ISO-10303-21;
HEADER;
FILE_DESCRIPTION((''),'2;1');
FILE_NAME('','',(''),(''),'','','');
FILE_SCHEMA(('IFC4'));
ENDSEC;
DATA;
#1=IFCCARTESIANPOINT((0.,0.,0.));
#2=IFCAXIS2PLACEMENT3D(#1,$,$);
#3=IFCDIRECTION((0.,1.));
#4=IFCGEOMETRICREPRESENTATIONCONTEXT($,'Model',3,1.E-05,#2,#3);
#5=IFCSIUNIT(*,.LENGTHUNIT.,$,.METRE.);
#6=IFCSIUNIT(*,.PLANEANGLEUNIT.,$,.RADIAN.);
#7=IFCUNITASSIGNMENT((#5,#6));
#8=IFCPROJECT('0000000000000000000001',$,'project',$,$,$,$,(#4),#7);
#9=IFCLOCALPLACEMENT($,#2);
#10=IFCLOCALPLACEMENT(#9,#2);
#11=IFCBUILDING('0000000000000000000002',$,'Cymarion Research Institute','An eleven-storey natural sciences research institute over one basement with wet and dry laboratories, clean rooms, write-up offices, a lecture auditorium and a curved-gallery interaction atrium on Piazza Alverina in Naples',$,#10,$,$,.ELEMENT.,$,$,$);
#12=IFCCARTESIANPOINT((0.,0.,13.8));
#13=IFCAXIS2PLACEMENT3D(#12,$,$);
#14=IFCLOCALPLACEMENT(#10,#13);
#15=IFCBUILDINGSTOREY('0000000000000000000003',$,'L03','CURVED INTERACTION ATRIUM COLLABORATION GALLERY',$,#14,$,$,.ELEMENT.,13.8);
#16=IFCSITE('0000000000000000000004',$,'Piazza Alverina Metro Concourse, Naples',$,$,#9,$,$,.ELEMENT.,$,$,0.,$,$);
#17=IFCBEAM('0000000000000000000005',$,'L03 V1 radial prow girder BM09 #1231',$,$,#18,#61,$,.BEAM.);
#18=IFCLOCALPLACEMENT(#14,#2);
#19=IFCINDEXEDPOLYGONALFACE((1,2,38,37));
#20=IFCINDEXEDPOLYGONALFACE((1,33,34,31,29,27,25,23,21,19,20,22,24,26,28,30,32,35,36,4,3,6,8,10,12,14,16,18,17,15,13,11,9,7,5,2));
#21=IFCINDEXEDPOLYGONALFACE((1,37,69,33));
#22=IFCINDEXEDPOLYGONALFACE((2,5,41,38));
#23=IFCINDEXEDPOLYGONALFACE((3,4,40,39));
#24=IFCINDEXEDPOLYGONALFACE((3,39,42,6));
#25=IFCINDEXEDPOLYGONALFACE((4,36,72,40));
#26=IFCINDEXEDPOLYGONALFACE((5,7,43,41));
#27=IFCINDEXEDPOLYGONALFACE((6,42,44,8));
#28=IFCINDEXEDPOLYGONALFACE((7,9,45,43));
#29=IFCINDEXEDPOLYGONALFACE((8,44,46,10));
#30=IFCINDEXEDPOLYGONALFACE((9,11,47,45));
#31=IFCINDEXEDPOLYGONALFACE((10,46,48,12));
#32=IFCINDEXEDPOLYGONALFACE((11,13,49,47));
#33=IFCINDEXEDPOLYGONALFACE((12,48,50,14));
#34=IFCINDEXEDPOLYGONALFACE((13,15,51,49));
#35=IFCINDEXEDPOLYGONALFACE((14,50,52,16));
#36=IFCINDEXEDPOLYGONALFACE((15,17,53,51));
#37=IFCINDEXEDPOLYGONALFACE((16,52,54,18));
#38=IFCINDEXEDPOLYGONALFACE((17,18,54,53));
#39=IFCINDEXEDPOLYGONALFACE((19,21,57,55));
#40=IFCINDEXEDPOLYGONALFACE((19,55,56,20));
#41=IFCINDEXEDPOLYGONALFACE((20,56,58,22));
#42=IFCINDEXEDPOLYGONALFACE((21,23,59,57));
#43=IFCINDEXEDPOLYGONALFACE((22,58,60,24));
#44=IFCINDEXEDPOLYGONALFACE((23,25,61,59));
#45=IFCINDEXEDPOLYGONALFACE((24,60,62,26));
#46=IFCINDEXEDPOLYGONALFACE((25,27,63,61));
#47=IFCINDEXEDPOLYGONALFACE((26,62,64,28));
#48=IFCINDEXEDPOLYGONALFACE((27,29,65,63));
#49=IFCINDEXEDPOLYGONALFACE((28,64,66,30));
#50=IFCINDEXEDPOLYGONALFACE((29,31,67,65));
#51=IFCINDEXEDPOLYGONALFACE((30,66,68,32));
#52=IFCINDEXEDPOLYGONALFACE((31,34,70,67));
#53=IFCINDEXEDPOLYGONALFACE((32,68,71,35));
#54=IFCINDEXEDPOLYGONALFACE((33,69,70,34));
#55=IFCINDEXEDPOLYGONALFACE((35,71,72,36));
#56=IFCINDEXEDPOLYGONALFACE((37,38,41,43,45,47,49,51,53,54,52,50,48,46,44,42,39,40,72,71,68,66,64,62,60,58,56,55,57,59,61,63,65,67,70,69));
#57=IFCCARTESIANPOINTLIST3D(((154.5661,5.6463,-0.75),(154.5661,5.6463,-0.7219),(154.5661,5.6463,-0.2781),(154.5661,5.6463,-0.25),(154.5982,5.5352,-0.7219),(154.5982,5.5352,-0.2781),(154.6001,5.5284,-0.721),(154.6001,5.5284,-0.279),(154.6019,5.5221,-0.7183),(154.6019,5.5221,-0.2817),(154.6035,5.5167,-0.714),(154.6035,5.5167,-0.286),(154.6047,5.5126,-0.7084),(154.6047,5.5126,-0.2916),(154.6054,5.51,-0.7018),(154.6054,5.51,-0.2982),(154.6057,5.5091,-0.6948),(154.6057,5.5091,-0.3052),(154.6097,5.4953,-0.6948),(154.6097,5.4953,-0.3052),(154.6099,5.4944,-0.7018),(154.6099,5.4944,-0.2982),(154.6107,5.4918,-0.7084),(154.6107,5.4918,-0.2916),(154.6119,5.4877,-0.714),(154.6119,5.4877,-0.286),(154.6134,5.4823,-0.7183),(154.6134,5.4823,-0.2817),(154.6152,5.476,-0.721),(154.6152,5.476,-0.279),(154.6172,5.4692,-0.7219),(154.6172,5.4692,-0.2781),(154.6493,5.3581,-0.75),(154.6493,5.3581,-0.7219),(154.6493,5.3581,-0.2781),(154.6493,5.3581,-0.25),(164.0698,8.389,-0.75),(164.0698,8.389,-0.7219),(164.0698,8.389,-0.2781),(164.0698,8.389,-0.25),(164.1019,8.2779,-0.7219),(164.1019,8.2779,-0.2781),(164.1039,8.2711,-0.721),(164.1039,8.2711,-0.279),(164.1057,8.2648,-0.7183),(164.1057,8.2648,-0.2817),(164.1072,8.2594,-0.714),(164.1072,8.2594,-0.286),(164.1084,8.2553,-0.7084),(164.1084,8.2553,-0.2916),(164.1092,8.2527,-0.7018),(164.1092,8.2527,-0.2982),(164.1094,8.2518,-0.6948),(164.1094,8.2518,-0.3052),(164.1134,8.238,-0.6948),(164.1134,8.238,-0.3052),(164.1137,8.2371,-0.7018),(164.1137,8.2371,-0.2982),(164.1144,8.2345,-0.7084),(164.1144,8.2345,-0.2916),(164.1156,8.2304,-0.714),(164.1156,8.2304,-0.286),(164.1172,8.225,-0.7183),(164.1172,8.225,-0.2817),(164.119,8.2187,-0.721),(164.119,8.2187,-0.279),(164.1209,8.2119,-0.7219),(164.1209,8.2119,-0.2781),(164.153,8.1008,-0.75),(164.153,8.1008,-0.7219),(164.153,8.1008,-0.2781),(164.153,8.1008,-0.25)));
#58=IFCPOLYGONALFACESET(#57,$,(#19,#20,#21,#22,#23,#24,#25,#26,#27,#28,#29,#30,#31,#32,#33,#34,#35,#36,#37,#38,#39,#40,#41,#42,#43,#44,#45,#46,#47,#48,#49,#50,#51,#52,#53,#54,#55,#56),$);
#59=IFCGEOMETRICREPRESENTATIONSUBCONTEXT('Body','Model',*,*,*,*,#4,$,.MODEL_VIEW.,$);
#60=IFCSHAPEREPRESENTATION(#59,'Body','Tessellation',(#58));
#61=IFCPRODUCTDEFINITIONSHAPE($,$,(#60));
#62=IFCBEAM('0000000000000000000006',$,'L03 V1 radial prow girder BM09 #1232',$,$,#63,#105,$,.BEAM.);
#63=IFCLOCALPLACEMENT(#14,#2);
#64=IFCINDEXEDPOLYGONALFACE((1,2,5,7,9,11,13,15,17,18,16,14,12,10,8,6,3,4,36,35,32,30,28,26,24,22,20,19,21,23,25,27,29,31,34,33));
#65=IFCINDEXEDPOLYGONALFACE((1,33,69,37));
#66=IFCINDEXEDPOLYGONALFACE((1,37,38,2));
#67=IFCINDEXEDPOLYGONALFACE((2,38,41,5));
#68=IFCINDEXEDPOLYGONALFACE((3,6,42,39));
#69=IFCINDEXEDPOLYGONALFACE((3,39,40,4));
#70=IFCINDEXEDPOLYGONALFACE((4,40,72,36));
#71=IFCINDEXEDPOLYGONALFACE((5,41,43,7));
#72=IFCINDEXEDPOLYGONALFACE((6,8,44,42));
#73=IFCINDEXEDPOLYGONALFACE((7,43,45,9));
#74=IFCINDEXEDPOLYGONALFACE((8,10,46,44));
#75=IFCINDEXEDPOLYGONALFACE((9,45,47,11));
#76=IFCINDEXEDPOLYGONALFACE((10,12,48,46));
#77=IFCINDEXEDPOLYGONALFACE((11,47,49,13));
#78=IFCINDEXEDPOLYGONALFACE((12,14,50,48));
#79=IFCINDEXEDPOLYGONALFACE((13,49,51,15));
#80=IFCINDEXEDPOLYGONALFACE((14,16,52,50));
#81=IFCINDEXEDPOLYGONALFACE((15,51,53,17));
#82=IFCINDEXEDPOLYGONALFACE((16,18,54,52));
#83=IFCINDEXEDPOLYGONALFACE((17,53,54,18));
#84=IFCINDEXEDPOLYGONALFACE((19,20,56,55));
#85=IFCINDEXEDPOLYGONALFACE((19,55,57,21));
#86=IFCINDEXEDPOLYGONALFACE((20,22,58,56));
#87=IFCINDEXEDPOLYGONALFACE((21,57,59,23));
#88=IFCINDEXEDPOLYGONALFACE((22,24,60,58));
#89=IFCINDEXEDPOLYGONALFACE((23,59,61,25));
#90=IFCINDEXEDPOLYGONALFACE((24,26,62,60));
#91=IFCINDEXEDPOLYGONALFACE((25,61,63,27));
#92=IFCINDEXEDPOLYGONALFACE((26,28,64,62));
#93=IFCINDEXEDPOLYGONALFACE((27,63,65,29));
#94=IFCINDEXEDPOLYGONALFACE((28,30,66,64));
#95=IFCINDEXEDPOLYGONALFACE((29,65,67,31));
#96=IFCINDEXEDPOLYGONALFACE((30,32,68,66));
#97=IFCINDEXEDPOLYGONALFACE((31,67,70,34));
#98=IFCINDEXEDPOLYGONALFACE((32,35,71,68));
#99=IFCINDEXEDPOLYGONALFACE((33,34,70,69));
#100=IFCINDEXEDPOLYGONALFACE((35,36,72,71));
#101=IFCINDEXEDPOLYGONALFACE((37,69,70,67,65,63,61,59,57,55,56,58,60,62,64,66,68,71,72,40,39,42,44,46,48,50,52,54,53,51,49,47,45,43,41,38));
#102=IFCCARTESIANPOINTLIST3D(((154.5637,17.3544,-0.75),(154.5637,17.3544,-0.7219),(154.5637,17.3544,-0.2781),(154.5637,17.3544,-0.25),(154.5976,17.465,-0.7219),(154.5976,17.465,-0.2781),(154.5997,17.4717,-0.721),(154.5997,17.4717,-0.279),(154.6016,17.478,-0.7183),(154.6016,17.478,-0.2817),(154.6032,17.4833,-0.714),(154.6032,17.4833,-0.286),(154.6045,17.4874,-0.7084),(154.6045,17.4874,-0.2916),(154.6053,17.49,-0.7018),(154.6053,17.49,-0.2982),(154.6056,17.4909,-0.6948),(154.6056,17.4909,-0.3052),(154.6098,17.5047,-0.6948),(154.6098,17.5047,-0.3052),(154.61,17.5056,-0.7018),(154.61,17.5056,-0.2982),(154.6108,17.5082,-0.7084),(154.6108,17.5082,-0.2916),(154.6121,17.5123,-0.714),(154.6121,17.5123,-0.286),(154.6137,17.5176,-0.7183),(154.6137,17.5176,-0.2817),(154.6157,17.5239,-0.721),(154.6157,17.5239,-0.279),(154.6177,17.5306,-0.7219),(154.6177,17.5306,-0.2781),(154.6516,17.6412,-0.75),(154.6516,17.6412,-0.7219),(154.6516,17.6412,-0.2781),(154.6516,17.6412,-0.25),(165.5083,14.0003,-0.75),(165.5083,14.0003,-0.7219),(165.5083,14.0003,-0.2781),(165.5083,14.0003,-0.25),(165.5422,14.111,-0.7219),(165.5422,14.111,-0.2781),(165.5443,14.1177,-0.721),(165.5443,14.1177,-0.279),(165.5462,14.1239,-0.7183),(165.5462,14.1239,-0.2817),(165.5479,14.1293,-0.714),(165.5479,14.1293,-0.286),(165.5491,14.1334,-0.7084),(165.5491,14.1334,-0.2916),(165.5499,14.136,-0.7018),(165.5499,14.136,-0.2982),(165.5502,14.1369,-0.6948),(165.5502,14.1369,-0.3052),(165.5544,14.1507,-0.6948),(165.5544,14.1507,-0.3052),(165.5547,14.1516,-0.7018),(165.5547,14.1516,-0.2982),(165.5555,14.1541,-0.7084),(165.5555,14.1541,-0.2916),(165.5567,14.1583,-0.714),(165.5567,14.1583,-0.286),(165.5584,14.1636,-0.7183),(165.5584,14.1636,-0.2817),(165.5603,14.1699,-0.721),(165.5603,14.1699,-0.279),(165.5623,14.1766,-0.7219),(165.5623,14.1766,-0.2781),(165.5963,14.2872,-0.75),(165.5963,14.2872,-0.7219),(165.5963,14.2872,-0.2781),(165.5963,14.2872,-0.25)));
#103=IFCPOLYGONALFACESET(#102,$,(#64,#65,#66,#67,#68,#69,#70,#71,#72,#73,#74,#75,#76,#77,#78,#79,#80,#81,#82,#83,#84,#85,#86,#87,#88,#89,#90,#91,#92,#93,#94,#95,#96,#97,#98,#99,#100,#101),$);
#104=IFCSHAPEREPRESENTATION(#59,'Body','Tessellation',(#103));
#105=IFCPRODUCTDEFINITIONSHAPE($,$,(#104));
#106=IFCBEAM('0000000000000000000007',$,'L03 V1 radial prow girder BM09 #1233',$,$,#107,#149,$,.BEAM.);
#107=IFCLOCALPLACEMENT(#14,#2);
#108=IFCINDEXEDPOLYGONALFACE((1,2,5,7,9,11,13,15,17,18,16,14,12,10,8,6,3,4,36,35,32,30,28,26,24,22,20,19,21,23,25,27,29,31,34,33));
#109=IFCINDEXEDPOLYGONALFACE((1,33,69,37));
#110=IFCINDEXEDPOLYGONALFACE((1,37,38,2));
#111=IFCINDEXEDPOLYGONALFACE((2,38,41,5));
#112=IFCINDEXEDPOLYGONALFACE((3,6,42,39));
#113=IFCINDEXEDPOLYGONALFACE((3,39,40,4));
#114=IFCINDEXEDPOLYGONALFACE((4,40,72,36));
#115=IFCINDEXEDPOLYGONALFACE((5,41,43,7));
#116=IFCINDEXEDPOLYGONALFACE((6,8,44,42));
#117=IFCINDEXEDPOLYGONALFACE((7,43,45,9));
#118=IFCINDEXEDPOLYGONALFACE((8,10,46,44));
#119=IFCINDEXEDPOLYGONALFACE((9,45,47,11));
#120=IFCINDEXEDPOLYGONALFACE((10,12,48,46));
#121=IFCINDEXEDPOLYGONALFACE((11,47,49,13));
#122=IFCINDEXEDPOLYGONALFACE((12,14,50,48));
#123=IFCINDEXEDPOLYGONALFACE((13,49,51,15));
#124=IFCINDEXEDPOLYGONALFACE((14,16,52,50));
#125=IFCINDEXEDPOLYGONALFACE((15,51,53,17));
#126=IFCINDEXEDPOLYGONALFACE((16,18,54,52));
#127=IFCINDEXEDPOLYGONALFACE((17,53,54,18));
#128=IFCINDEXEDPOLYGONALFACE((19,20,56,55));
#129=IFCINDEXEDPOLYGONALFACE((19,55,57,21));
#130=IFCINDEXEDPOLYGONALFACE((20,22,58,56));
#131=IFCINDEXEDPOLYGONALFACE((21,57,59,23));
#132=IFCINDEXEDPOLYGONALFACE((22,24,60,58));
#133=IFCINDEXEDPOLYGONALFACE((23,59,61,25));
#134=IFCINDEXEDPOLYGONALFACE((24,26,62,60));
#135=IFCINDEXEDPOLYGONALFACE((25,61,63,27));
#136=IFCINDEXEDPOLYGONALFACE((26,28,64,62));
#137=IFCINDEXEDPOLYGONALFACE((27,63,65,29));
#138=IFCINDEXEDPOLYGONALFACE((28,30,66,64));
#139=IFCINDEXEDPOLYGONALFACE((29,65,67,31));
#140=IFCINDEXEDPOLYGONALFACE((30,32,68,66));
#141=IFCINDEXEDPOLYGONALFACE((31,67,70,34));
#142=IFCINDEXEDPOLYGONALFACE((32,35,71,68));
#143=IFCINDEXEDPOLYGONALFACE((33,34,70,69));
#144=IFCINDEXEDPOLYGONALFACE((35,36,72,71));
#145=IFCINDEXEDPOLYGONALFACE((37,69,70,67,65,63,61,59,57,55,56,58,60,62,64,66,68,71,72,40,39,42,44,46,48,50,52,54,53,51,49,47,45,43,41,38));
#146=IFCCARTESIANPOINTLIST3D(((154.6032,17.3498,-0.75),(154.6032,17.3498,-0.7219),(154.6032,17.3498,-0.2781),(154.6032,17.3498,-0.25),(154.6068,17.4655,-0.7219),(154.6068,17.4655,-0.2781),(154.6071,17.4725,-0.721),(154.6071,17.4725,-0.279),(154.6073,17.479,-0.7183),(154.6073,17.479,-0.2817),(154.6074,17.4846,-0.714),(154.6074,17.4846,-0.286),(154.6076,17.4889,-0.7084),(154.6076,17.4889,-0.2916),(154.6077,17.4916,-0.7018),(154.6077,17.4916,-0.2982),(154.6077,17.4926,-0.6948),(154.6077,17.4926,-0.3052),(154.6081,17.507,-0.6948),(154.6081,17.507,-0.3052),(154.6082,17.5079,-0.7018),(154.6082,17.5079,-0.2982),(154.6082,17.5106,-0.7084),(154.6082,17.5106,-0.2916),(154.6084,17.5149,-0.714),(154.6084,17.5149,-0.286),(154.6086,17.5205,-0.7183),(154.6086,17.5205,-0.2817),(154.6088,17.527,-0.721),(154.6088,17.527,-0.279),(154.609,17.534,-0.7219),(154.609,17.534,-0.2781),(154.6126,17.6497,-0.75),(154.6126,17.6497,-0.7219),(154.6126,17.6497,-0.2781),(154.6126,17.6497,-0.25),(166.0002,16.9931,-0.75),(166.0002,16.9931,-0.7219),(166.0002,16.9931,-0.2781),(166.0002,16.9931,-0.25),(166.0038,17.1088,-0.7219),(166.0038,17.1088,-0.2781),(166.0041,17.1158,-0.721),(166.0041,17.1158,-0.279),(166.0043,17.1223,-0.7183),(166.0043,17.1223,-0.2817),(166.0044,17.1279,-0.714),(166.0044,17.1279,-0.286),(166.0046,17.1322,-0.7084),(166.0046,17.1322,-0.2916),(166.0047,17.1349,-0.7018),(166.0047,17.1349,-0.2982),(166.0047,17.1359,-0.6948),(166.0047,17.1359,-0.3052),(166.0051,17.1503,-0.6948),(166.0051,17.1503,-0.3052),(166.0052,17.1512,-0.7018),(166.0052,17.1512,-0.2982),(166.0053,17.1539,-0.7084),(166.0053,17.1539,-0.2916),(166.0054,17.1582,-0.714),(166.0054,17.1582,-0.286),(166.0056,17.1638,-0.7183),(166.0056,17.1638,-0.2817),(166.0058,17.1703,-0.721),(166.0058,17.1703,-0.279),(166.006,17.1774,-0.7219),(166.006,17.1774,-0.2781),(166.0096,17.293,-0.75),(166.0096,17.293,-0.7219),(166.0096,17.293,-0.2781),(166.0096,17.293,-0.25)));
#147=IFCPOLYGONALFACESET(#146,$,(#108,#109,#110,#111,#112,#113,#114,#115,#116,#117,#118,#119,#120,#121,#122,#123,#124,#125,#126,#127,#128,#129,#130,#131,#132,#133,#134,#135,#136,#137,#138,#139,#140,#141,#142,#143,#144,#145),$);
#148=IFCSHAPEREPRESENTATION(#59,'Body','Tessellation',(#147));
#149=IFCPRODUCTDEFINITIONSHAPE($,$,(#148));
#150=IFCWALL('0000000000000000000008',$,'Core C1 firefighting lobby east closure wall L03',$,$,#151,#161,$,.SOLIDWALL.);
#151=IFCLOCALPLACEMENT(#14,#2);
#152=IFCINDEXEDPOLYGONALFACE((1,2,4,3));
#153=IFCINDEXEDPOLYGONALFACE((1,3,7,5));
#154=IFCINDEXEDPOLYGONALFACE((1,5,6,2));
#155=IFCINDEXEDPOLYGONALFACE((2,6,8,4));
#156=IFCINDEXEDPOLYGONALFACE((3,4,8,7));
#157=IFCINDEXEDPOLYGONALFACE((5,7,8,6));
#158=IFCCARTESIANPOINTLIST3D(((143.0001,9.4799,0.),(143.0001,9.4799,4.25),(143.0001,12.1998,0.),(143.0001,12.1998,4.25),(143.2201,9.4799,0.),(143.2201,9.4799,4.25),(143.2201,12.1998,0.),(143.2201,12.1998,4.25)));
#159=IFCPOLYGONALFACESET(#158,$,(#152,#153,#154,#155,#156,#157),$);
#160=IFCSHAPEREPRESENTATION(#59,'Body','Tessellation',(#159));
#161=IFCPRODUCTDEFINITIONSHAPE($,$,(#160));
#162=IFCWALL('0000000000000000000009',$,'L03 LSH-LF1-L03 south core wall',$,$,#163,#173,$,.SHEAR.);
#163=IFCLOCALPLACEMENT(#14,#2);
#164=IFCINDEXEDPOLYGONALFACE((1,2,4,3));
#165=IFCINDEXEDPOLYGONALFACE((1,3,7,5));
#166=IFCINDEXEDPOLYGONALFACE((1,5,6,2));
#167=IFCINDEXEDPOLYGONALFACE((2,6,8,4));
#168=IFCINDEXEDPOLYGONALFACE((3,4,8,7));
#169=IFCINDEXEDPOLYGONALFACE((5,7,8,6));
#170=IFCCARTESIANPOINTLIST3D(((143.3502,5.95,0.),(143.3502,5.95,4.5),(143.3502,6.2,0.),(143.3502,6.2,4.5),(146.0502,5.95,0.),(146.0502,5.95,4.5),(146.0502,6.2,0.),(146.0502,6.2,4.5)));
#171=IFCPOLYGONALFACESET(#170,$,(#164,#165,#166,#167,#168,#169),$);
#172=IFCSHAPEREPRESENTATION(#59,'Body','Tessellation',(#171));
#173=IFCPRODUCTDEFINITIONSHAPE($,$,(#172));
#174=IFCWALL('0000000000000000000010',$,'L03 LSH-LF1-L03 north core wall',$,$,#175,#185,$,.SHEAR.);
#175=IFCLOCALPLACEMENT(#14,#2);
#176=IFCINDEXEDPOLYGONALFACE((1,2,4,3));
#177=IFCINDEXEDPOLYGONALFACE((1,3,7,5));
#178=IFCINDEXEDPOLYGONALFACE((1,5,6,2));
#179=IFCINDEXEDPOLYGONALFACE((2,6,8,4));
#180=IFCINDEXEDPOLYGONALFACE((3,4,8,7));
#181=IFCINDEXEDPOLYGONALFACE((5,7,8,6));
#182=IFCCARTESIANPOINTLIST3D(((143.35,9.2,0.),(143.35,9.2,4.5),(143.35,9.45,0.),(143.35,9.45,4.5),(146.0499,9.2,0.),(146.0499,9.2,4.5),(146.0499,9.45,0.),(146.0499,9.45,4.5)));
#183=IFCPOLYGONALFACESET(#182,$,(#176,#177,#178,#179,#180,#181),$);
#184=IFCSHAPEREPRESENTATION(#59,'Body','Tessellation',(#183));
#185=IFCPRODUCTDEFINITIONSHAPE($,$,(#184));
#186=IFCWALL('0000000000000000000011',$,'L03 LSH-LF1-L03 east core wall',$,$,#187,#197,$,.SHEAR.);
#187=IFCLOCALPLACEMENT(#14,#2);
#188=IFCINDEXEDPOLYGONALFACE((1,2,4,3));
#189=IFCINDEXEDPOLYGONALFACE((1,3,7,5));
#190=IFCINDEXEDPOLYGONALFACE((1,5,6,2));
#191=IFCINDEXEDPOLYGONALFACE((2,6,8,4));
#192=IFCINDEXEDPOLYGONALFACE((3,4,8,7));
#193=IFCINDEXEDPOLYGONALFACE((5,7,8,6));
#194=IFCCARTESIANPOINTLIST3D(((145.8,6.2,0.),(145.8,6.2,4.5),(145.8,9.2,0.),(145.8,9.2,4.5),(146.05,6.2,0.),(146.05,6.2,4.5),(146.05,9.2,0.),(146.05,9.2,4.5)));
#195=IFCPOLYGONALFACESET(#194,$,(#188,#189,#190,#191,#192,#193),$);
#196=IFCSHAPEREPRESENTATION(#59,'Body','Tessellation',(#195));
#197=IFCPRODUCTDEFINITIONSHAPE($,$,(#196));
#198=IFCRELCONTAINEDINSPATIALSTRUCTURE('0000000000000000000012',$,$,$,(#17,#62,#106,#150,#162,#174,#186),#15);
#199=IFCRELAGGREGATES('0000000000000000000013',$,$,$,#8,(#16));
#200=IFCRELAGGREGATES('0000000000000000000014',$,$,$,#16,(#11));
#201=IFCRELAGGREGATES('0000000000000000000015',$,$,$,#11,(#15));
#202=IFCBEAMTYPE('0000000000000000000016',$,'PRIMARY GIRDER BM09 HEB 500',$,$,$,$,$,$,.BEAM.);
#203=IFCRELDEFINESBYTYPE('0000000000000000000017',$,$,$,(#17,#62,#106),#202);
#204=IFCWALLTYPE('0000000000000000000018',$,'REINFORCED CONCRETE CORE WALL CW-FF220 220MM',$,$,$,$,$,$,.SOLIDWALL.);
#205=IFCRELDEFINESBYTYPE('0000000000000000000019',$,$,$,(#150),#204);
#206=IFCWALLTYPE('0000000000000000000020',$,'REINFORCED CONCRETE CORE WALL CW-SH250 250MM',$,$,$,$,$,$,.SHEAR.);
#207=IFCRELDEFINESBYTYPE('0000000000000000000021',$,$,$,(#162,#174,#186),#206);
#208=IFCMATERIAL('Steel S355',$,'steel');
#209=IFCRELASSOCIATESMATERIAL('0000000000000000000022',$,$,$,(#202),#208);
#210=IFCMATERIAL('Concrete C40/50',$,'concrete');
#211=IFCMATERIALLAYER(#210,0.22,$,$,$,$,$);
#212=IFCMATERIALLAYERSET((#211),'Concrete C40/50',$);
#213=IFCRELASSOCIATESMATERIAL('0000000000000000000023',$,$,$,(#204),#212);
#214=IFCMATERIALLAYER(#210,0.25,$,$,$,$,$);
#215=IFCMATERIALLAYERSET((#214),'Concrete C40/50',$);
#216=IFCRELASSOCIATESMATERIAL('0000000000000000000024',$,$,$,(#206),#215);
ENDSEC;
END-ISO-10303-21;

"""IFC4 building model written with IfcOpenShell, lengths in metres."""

from ifc_helpers import new_model, si_unit, direction, frame, frame_2d, origin, origin_2d, place, context, subcontext, project, spatial, rectangle, i_section, extrude, material, layer, layer_set, material_profile, profile_set, type_object, element, save


model = new_model("IFC4")

# Units and contexts
model_context = context("Model", 3, precision=1e-05, world=origin(), true_north=direction((0.0, 1.0)))
body_context = subcontext(model_context, "Body", "Model", "MODEL_VIEW")
ifc_project = project(units=[si_unit("LENGTHUNIT", "METRE"), si_unit("PLANEANGLEUNIT", "RADIAN")], contexts=[model_context])

# Site, building, storey
site_placement = place(None, origin())
site = spatial("IfcSite", under=ifc_project, at=site_placement, Name="Piazza Alverina Metro Concourse, Naples", CompositionType="ELEMENT", RefElevation=0.0)
building_placement = place(site_placement, origin())
building = spatial("IfcBuilding", under=site, at=building_placement, Name="Cymarion Research Institute", Description="An eleven-storey natural sciences research institute over one basement with wet and dry laboratories, clean rooms, write-up offices, a lecture auditorium and a curved-gallery interaction atrium on Piazza Alverina in Naples", CompositionType="ELEMENT")
storey_placement = place(building_placement, frame((0.0, 0.0, 13.8)))
storey = spatial("IfcBuildingStorey", under=building, at=storey_placement, Name="L03", Description="CURVED INTERACTION ATRIUM COLLABORATION GALLERY", CompositionType="ELEMENT", Elevation=13.8)

# Shared definitions
ifc_material_1 = material(Name="Steel S355", Category="steel")

# Beams
ifc_material_2 = material(Name="Concrete C40/50", Category="concrete")
ifc_material_profile_1 = material_profile(ifc_material_1, i_section(OverallWidth=0.3, OverallDepth=0.5, WebThickness=0.0144, FlangeThickness=0.0281, FilletRadius=0.0271, at=origin_2d()), Name="HEB 500")
ifc_profile_set_1 = profile_set([ifc_material_profile_1], Name="Steel S355")
beam_type_1 = type_object("IfcBeamType", Name="PRIMARY GIRDER BM09 HEB 500", PredefinedType="BEAM", material=ifc_profile_set_1)
beam_1_placement = place(storey_placement, frame((154.6077, 5.5022, -0.5), z_axis=(0.96079, 0.277276, 0.0), x_axis=(-0.277276, 0.96079, 0.0)))
element("IfcBeam", 1, at=beam_1_placement, inside=storey, type_object=beam_type_1, Name="L03 V1 radial prow girder BM09 #1231", PredefinedType="BEAM", context=body_context, shape_type="SweptSolid", body=[
    extrude(i_section(OverallWidth=0.3, OverallDepth=0.5, WebThickness=0.0144, FlangeThickness=0.0281, FilletRadius=0.0271, at=origin_2d()), origin(), (0.0, 0.0, 1.0), 9.8916),
])
beam_2_placement = place(storey_placement, frame((154.6077, 17.4978, -0.5), z_axis=(0.956111, -0.293004, 0.0), x_axis=(0.293004, 0.956111, 0.0)))
element("IfcBeam", 2, at=beam_2_placement, inside=storey, type_object=beam_type_1, Name="L03 V1 radial prow girder BM09 #1232", PredefinedType="BEAM", context=body_context, shape_type="SweptSolid", body=[
    extrude(i_section(OverallWidth=0.3, OverallDepth=0.5, WebThickness=0.0144, FlangeThickness=0.0281, FilletRadius=0.0271, at=origin_2d()), origin(), (0.0, 0.0, 1.0), 11.447),
])
beam_3_placement = place(storey_placement, frame((154.6079, 17.4998, -0.5), z_axis=(0.999511, -0.031282, 0.0), x_axis=(0.031282, 0.999511, 0.0)))
element("IfcBeam", 3, at=beam_3_placement, inside=storey, type_object=beam_type_1, Name="L03 V1 radial prow girder BM09 #1233", PredefinedType="BEAM", context=body_context, shape_type="SweptSolid", body=[
    extrude(i_section(OverallWidth=0.3, OverallDepth=0.5, WebThickness=0.0144, FlangeThickness=0.0281, FilletRadius=0.0271, at=origin_2d()), origin(), (0.0, 0.0, 1.0), 11.4026),
])

# Shared definitions
ifc_layer_1 = layer(ifc_material_2, 0.22)
ifc_layer_set_1 = layer_set([ifc_layer_1], Name="Concrete C40/50")
wall_type_1 = type_object("IfcWallType", Name="REINFORCED CONCRETE CORE WALL CW-FF220 220MM", PredefinedType="SOLIDWALL", material=ifc_layer_set_1)

# Walls
wall_1_placement = place(storey_placement, frame((143.1101, 9.48, 0.0), z_axis=(0.0, 0.0, 1.0), x_axis=(0.0, 1.0, 0.0)))
element("IfcWall", 4, at=wall_1_placement, inside=storey, type_object=wall_type_1, Name="Core C1 firefighting lobby east closure wall L03", PredefinedType="SOLIDWALL", context=body_context, shape_type="SweptSolid", body=[
    extrude(rectangle(XDim=2.72, YDim=0.22, at=frame_2d((1.3599, 0.0))), origin(), (0.0, 0.0, 1.0), 4.25),
])
ifc_layer_2 = layer(ifc_material_2, 0.25)
ifc_layer_set_2 = layer_set([ifc_layer_2], Name="Concrete C40/50")
wall_type_2 = type_object("IfcWallType", Name="REINFORCED CONCRETE CORE WALL CW-SH250 250MM", PredefinedType="SHEAR", material=ifc_layer_set_2)
for number, where, z_axis, x_axis, name in (
    (5, (143.3501, 6.075, 0.0), (0.0, 0.0, 1.0), (1.0, 0.0, 0.0), "L03 LSH-LF1-L03 south core wall"),
    (6, (146.05, 9.325, 0.0), (0.0, 0.0, 1.0), (-1.0, 0.0, 0.0), "L03 LSH-LF1-L03 north core wall"),
):
    element("IfcWall", number, at=place(storey_placement, frame(where, z_axis=z_axis, x_axis=x_axis)), inside=storey, type_object=wall_type_2, Name=name, PredefinedType="SHEAR", context=body_context, shape_type="SweptSolid", body=[
        extrude(rectangle(XDim=2.7, YDim=0.25, at=frame_2d((1.3501, 0.0))), origin(), (0.0, 0.0, 1.0), 4.5),
    ])

# Wall
wall_2_placement = place(storey_placement, frame((145.925, 6.2, 0.0), z_axis=(0.0, 0.0, 1.0), x_axis=(0.0, 1.0, 0.0)))
element("IfcWall", 7, at=wall_2_placement, inside=storey, type_object=wall_type_2, Name="L03 LSH-LF1-L03 east core wall", PredefinedType="SHEAR", context=body_context, shape_type="SweptSolid", body=[
    extrude(rectangle(XDim=3.0, YDim=0.25, at=frame_2d((1.5, 0.0))), origin(), (0.0, 0.0, 1.0), 4.5),
])

save(model, "model.ifc")
